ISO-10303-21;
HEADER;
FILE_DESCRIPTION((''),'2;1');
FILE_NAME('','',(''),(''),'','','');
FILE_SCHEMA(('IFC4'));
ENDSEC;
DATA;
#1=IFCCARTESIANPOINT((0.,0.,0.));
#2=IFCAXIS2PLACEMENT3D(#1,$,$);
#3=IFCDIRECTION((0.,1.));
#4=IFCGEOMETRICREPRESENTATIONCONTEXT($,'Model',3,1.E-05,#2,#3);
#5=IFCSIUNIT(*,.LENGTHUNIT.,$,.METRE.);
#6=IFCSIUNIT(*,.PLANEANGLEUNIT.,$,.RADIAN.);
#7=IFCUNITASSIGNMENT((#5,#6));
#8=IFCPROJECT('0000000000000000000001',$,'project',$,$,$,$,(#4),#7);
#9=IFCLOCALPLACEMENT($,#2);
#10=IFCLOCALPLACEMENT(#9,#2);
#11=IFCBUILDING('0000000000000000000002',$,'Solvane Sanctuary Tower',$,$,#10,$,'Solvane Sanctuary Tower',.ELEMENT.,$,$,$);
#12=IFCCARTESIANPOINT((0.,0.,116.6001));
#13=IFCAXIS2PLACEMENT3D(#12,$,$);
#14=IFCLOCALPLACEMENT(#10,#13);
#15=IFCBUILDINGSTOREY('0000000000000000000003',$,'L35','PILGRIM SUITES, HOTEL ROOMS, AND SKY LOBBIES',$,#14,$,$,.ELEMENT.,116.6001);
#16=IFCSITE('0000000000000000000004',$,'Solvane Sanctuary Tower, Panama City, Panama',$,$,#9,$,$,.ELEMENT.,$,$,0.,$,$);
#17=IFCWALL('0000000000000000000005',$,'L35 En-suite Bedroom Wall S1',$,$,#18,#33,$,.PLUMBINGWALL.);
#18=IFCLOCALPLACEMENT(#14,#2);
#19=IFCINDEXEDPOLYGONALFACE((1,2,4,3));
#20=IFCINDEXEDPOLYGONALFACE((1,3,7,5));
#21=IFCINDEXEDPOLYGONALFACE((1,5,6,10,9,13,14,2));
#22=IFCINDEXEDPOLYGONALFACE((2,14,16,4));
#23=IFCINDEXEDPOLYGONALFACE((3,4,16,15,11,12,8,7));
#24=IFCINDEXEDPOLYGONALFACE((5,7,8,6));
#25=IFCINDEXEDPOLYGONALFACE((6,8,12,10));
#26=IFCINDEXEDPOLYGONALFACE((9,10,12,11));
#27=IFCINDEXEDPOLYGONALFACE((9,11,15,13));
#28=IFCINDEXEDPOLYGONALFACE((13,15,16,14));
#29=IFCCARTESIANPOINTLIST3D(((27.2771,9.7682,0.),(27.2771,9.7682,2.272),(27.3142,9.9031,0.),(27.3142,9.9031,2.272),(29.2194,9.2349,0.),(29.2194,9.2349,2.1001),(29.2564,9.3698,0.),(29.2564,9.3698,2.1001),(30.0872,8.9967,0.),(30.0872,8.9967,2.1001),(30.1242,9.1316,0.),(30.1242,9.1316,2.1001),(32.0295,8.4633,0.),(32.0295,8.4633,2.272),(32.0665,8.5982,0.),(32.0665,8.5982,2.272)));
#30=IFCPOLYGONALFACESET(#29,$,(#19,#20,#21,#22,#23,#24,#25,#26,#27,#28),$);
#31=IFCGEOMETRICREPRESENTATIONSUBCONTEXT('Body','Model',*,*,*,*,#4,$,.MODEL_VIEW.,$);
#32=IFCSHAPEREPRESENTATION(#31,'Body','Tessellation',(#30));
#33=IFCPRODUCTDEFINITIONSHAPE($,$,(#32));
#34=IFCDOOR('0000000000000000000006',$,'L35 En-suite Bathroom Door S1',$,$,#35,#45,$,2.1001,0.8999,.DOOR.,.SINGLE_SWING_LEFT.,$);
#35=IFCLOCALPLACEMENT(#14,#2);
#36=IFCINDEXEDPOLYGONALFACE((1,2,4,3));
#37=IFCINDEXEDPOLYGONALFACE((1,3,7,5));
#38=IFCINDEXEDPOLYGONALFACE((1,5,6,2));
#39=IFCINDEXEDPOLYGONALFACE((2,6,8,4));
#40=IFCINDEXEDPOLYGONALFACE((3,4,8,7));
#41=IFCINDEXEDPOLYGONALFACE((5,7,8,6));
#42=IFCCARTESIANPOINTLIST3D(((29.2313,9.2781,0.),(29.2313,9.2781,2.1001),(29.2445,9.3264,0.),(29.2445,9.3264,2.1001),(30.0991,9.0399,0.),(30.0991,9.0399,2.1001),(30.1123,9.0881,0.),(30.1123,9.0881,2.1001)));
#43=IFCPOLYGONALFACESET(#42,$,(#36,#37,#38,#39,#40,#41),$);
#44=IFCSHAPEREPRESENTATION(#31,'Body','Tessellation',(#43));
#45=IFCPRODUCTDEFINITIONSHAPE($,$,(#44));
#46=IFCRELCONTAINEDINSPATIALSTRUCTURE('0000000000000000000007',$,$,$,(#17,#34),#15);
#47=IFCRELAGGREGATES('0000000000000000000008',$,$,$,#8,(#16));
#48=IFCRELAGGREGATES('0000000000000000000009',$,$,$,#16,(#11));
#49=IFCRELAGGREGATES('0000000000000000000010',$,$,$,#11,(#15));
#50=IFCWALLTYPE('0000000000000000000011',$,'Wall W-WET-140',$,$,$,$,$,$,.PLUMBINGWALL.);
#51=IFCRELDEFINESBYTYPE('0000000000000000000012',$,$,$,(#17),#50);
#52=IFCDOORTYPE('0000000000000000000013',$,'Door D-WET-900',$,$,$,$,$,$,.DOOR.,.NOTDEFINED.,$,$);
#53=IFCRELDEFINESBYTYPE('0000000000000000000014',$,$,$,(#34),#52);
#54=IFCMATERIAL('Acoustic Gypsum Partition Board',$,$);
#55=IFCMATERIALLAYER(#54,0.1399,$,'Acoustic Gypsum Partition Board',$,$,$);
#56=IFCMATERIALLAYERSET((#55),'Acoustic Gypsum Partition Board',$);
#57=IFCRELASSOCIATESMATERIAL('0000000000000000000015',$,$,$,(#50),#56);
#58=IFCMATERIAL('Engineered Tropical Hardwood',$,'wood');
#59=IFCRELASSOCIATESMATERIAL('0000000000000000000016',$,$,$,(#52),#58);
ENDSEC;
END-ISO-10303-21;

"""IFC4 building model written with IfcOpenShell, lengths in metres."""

from ifc_helpers import new_model, si_unit, direction, frame, frame_2d, origin, place, context, subcontext, project, spatial, rectangle, extrude, material, layer, layer_set, type_object, element, fill, save


model = new_model("IFC4")

# Units and contexts
model_context = context("Model", 3, precision=1e-05, world=origin(), true_north=direction((0.0, 1.0)))
body_context = subcontext(model_context, "Body", "Model", "MODEL_VIEW")
ifc_project = project(units=[si_unit("LENGTHUNIT", "METRE"), si_unit("PLANEANGLEUNIT", "RADIAN")], contexts=[model_context])

# Site, building, storey
site_placement = place(None, origin())
site = spatial("IfcSite", under=ifc_project, at=site_placement, Name="Solvane Sanctuary Tower, Panama City, Panama", CompositionType="ELEMENT", RefElevation=0.0)
building_placement = place(site_placement, origin())
building = spatial("IfcBuilding", under=site, at=building_placement, Name="Solvane Sanctuary Tower", LongName="Solvane Sanctuary Tower", CompositionType="ELEMENT")
storey_placement = place(building_placement, frame((0.0, 0.0, 116.6001)))
storey = spatial("IfcBuildingStorey", under=building, at=storey_placement, Name="L35", Description="PILGRIM SUITES, HOTEL ROOMS, AND SKY LOBBIES", CompositionType="ELEMENT", Elevation=116.6001)

# Shared definitions
ifc_material_1 = material(Name="Acoustic Gypsum Partition Board")

# Shared definitions
ifc_material_2 = material(Name="Engineered Tropical Hardwood", Category="wood")

# Shared definitions
ifc_layer_1 = layer(ifc_material_1, 0.1399, Name="Acoustic Gypsum Partition Board")
ifc_layer_set_1 = layer_set([ifc_layer_1], Name="Acoustic Gypsum Partition Board")
wall_type_1 = type_object("IfcWallType", Name="Wall W-WET-140", PredefinedType="PLUMBINGWALL", material=ifc_layer_set_1)

# Wall, opening, door
wall_1_placement = place(storey_placement, frame((27.2957, 9.8357, 0.0), z_axis=(0.0, 0.0, 1.0), x_axis=(0.964309, -0.264781, 0.0)))
wall_1 = element("IfcWall", 1, at=wall_1_placement, inside=storey, type_object=wall_type_1, Name="L35 En-suite Bedroom Wall S1", PredefinedType="PLUMBINGWALL", context=body_context, shape_type="SweptSolid", body=[
    extrude(rectangle(XDim=4.9282, YDim=0.1399, at=frame_2d((2.4641, 0.0))), origin(), (0.0, 0.0, 1.0), 2.272),
])
opening_1_placement = place(wall_1_placement, frame((2.0142, 0.0, 0.0)))
opening_1 = element("IfcOpeningElement", 2, at=opening_1_placement, cuts=wall_1, PredefinedType="OPENING", context=body_context, shape_type="SweptSolid", body=[
    extrude(rectangle(XDim=0.8999, YDim=2.1001, at=frame_2d((0.45, 1.05))), frame((0.0, 0.0798, 0.0), z_axis=(0.0, -1.0, 0.0), x_axis=(1.0, 0.0, 0.0)), (0.0, 0.0, 1.0), 0.1599),
])
door_type_1 = type_object("IfcDoorType", Name="Door D-WET-900", OperationType="NOTDEFINED", PredefinedType="DOOR", material=ifc_material_2)
door_1_placement = place(opening_1_placement, origin())
door_1 = element("IfcDoor", 3, at=door_1_placement, inside=storey, type_object=door_type_1, Name="L35 En-suite Bathroom Door S1", OperationType="SINGLE_SWING_LEFT", OverallHeight=2.1001, OverallWidth=0.8999, PredefinedType="DOOR", context=body_context, shape_type="SweptSolid", body=[
    extrude(rectangle(XDim=0.8999, YDim=2.1001, at=frame_2d((0.45, 1.05))), frame((0.0, 0.0249, 0.0), z_axis=(0.0, -1.0, 0.0), x_axis=(1.0, 0.0, 0.0)), (0.0, 0.0, 1.0), 0.05),
])
fill(opening_1, door_1)

save(model, "model.ifc")
